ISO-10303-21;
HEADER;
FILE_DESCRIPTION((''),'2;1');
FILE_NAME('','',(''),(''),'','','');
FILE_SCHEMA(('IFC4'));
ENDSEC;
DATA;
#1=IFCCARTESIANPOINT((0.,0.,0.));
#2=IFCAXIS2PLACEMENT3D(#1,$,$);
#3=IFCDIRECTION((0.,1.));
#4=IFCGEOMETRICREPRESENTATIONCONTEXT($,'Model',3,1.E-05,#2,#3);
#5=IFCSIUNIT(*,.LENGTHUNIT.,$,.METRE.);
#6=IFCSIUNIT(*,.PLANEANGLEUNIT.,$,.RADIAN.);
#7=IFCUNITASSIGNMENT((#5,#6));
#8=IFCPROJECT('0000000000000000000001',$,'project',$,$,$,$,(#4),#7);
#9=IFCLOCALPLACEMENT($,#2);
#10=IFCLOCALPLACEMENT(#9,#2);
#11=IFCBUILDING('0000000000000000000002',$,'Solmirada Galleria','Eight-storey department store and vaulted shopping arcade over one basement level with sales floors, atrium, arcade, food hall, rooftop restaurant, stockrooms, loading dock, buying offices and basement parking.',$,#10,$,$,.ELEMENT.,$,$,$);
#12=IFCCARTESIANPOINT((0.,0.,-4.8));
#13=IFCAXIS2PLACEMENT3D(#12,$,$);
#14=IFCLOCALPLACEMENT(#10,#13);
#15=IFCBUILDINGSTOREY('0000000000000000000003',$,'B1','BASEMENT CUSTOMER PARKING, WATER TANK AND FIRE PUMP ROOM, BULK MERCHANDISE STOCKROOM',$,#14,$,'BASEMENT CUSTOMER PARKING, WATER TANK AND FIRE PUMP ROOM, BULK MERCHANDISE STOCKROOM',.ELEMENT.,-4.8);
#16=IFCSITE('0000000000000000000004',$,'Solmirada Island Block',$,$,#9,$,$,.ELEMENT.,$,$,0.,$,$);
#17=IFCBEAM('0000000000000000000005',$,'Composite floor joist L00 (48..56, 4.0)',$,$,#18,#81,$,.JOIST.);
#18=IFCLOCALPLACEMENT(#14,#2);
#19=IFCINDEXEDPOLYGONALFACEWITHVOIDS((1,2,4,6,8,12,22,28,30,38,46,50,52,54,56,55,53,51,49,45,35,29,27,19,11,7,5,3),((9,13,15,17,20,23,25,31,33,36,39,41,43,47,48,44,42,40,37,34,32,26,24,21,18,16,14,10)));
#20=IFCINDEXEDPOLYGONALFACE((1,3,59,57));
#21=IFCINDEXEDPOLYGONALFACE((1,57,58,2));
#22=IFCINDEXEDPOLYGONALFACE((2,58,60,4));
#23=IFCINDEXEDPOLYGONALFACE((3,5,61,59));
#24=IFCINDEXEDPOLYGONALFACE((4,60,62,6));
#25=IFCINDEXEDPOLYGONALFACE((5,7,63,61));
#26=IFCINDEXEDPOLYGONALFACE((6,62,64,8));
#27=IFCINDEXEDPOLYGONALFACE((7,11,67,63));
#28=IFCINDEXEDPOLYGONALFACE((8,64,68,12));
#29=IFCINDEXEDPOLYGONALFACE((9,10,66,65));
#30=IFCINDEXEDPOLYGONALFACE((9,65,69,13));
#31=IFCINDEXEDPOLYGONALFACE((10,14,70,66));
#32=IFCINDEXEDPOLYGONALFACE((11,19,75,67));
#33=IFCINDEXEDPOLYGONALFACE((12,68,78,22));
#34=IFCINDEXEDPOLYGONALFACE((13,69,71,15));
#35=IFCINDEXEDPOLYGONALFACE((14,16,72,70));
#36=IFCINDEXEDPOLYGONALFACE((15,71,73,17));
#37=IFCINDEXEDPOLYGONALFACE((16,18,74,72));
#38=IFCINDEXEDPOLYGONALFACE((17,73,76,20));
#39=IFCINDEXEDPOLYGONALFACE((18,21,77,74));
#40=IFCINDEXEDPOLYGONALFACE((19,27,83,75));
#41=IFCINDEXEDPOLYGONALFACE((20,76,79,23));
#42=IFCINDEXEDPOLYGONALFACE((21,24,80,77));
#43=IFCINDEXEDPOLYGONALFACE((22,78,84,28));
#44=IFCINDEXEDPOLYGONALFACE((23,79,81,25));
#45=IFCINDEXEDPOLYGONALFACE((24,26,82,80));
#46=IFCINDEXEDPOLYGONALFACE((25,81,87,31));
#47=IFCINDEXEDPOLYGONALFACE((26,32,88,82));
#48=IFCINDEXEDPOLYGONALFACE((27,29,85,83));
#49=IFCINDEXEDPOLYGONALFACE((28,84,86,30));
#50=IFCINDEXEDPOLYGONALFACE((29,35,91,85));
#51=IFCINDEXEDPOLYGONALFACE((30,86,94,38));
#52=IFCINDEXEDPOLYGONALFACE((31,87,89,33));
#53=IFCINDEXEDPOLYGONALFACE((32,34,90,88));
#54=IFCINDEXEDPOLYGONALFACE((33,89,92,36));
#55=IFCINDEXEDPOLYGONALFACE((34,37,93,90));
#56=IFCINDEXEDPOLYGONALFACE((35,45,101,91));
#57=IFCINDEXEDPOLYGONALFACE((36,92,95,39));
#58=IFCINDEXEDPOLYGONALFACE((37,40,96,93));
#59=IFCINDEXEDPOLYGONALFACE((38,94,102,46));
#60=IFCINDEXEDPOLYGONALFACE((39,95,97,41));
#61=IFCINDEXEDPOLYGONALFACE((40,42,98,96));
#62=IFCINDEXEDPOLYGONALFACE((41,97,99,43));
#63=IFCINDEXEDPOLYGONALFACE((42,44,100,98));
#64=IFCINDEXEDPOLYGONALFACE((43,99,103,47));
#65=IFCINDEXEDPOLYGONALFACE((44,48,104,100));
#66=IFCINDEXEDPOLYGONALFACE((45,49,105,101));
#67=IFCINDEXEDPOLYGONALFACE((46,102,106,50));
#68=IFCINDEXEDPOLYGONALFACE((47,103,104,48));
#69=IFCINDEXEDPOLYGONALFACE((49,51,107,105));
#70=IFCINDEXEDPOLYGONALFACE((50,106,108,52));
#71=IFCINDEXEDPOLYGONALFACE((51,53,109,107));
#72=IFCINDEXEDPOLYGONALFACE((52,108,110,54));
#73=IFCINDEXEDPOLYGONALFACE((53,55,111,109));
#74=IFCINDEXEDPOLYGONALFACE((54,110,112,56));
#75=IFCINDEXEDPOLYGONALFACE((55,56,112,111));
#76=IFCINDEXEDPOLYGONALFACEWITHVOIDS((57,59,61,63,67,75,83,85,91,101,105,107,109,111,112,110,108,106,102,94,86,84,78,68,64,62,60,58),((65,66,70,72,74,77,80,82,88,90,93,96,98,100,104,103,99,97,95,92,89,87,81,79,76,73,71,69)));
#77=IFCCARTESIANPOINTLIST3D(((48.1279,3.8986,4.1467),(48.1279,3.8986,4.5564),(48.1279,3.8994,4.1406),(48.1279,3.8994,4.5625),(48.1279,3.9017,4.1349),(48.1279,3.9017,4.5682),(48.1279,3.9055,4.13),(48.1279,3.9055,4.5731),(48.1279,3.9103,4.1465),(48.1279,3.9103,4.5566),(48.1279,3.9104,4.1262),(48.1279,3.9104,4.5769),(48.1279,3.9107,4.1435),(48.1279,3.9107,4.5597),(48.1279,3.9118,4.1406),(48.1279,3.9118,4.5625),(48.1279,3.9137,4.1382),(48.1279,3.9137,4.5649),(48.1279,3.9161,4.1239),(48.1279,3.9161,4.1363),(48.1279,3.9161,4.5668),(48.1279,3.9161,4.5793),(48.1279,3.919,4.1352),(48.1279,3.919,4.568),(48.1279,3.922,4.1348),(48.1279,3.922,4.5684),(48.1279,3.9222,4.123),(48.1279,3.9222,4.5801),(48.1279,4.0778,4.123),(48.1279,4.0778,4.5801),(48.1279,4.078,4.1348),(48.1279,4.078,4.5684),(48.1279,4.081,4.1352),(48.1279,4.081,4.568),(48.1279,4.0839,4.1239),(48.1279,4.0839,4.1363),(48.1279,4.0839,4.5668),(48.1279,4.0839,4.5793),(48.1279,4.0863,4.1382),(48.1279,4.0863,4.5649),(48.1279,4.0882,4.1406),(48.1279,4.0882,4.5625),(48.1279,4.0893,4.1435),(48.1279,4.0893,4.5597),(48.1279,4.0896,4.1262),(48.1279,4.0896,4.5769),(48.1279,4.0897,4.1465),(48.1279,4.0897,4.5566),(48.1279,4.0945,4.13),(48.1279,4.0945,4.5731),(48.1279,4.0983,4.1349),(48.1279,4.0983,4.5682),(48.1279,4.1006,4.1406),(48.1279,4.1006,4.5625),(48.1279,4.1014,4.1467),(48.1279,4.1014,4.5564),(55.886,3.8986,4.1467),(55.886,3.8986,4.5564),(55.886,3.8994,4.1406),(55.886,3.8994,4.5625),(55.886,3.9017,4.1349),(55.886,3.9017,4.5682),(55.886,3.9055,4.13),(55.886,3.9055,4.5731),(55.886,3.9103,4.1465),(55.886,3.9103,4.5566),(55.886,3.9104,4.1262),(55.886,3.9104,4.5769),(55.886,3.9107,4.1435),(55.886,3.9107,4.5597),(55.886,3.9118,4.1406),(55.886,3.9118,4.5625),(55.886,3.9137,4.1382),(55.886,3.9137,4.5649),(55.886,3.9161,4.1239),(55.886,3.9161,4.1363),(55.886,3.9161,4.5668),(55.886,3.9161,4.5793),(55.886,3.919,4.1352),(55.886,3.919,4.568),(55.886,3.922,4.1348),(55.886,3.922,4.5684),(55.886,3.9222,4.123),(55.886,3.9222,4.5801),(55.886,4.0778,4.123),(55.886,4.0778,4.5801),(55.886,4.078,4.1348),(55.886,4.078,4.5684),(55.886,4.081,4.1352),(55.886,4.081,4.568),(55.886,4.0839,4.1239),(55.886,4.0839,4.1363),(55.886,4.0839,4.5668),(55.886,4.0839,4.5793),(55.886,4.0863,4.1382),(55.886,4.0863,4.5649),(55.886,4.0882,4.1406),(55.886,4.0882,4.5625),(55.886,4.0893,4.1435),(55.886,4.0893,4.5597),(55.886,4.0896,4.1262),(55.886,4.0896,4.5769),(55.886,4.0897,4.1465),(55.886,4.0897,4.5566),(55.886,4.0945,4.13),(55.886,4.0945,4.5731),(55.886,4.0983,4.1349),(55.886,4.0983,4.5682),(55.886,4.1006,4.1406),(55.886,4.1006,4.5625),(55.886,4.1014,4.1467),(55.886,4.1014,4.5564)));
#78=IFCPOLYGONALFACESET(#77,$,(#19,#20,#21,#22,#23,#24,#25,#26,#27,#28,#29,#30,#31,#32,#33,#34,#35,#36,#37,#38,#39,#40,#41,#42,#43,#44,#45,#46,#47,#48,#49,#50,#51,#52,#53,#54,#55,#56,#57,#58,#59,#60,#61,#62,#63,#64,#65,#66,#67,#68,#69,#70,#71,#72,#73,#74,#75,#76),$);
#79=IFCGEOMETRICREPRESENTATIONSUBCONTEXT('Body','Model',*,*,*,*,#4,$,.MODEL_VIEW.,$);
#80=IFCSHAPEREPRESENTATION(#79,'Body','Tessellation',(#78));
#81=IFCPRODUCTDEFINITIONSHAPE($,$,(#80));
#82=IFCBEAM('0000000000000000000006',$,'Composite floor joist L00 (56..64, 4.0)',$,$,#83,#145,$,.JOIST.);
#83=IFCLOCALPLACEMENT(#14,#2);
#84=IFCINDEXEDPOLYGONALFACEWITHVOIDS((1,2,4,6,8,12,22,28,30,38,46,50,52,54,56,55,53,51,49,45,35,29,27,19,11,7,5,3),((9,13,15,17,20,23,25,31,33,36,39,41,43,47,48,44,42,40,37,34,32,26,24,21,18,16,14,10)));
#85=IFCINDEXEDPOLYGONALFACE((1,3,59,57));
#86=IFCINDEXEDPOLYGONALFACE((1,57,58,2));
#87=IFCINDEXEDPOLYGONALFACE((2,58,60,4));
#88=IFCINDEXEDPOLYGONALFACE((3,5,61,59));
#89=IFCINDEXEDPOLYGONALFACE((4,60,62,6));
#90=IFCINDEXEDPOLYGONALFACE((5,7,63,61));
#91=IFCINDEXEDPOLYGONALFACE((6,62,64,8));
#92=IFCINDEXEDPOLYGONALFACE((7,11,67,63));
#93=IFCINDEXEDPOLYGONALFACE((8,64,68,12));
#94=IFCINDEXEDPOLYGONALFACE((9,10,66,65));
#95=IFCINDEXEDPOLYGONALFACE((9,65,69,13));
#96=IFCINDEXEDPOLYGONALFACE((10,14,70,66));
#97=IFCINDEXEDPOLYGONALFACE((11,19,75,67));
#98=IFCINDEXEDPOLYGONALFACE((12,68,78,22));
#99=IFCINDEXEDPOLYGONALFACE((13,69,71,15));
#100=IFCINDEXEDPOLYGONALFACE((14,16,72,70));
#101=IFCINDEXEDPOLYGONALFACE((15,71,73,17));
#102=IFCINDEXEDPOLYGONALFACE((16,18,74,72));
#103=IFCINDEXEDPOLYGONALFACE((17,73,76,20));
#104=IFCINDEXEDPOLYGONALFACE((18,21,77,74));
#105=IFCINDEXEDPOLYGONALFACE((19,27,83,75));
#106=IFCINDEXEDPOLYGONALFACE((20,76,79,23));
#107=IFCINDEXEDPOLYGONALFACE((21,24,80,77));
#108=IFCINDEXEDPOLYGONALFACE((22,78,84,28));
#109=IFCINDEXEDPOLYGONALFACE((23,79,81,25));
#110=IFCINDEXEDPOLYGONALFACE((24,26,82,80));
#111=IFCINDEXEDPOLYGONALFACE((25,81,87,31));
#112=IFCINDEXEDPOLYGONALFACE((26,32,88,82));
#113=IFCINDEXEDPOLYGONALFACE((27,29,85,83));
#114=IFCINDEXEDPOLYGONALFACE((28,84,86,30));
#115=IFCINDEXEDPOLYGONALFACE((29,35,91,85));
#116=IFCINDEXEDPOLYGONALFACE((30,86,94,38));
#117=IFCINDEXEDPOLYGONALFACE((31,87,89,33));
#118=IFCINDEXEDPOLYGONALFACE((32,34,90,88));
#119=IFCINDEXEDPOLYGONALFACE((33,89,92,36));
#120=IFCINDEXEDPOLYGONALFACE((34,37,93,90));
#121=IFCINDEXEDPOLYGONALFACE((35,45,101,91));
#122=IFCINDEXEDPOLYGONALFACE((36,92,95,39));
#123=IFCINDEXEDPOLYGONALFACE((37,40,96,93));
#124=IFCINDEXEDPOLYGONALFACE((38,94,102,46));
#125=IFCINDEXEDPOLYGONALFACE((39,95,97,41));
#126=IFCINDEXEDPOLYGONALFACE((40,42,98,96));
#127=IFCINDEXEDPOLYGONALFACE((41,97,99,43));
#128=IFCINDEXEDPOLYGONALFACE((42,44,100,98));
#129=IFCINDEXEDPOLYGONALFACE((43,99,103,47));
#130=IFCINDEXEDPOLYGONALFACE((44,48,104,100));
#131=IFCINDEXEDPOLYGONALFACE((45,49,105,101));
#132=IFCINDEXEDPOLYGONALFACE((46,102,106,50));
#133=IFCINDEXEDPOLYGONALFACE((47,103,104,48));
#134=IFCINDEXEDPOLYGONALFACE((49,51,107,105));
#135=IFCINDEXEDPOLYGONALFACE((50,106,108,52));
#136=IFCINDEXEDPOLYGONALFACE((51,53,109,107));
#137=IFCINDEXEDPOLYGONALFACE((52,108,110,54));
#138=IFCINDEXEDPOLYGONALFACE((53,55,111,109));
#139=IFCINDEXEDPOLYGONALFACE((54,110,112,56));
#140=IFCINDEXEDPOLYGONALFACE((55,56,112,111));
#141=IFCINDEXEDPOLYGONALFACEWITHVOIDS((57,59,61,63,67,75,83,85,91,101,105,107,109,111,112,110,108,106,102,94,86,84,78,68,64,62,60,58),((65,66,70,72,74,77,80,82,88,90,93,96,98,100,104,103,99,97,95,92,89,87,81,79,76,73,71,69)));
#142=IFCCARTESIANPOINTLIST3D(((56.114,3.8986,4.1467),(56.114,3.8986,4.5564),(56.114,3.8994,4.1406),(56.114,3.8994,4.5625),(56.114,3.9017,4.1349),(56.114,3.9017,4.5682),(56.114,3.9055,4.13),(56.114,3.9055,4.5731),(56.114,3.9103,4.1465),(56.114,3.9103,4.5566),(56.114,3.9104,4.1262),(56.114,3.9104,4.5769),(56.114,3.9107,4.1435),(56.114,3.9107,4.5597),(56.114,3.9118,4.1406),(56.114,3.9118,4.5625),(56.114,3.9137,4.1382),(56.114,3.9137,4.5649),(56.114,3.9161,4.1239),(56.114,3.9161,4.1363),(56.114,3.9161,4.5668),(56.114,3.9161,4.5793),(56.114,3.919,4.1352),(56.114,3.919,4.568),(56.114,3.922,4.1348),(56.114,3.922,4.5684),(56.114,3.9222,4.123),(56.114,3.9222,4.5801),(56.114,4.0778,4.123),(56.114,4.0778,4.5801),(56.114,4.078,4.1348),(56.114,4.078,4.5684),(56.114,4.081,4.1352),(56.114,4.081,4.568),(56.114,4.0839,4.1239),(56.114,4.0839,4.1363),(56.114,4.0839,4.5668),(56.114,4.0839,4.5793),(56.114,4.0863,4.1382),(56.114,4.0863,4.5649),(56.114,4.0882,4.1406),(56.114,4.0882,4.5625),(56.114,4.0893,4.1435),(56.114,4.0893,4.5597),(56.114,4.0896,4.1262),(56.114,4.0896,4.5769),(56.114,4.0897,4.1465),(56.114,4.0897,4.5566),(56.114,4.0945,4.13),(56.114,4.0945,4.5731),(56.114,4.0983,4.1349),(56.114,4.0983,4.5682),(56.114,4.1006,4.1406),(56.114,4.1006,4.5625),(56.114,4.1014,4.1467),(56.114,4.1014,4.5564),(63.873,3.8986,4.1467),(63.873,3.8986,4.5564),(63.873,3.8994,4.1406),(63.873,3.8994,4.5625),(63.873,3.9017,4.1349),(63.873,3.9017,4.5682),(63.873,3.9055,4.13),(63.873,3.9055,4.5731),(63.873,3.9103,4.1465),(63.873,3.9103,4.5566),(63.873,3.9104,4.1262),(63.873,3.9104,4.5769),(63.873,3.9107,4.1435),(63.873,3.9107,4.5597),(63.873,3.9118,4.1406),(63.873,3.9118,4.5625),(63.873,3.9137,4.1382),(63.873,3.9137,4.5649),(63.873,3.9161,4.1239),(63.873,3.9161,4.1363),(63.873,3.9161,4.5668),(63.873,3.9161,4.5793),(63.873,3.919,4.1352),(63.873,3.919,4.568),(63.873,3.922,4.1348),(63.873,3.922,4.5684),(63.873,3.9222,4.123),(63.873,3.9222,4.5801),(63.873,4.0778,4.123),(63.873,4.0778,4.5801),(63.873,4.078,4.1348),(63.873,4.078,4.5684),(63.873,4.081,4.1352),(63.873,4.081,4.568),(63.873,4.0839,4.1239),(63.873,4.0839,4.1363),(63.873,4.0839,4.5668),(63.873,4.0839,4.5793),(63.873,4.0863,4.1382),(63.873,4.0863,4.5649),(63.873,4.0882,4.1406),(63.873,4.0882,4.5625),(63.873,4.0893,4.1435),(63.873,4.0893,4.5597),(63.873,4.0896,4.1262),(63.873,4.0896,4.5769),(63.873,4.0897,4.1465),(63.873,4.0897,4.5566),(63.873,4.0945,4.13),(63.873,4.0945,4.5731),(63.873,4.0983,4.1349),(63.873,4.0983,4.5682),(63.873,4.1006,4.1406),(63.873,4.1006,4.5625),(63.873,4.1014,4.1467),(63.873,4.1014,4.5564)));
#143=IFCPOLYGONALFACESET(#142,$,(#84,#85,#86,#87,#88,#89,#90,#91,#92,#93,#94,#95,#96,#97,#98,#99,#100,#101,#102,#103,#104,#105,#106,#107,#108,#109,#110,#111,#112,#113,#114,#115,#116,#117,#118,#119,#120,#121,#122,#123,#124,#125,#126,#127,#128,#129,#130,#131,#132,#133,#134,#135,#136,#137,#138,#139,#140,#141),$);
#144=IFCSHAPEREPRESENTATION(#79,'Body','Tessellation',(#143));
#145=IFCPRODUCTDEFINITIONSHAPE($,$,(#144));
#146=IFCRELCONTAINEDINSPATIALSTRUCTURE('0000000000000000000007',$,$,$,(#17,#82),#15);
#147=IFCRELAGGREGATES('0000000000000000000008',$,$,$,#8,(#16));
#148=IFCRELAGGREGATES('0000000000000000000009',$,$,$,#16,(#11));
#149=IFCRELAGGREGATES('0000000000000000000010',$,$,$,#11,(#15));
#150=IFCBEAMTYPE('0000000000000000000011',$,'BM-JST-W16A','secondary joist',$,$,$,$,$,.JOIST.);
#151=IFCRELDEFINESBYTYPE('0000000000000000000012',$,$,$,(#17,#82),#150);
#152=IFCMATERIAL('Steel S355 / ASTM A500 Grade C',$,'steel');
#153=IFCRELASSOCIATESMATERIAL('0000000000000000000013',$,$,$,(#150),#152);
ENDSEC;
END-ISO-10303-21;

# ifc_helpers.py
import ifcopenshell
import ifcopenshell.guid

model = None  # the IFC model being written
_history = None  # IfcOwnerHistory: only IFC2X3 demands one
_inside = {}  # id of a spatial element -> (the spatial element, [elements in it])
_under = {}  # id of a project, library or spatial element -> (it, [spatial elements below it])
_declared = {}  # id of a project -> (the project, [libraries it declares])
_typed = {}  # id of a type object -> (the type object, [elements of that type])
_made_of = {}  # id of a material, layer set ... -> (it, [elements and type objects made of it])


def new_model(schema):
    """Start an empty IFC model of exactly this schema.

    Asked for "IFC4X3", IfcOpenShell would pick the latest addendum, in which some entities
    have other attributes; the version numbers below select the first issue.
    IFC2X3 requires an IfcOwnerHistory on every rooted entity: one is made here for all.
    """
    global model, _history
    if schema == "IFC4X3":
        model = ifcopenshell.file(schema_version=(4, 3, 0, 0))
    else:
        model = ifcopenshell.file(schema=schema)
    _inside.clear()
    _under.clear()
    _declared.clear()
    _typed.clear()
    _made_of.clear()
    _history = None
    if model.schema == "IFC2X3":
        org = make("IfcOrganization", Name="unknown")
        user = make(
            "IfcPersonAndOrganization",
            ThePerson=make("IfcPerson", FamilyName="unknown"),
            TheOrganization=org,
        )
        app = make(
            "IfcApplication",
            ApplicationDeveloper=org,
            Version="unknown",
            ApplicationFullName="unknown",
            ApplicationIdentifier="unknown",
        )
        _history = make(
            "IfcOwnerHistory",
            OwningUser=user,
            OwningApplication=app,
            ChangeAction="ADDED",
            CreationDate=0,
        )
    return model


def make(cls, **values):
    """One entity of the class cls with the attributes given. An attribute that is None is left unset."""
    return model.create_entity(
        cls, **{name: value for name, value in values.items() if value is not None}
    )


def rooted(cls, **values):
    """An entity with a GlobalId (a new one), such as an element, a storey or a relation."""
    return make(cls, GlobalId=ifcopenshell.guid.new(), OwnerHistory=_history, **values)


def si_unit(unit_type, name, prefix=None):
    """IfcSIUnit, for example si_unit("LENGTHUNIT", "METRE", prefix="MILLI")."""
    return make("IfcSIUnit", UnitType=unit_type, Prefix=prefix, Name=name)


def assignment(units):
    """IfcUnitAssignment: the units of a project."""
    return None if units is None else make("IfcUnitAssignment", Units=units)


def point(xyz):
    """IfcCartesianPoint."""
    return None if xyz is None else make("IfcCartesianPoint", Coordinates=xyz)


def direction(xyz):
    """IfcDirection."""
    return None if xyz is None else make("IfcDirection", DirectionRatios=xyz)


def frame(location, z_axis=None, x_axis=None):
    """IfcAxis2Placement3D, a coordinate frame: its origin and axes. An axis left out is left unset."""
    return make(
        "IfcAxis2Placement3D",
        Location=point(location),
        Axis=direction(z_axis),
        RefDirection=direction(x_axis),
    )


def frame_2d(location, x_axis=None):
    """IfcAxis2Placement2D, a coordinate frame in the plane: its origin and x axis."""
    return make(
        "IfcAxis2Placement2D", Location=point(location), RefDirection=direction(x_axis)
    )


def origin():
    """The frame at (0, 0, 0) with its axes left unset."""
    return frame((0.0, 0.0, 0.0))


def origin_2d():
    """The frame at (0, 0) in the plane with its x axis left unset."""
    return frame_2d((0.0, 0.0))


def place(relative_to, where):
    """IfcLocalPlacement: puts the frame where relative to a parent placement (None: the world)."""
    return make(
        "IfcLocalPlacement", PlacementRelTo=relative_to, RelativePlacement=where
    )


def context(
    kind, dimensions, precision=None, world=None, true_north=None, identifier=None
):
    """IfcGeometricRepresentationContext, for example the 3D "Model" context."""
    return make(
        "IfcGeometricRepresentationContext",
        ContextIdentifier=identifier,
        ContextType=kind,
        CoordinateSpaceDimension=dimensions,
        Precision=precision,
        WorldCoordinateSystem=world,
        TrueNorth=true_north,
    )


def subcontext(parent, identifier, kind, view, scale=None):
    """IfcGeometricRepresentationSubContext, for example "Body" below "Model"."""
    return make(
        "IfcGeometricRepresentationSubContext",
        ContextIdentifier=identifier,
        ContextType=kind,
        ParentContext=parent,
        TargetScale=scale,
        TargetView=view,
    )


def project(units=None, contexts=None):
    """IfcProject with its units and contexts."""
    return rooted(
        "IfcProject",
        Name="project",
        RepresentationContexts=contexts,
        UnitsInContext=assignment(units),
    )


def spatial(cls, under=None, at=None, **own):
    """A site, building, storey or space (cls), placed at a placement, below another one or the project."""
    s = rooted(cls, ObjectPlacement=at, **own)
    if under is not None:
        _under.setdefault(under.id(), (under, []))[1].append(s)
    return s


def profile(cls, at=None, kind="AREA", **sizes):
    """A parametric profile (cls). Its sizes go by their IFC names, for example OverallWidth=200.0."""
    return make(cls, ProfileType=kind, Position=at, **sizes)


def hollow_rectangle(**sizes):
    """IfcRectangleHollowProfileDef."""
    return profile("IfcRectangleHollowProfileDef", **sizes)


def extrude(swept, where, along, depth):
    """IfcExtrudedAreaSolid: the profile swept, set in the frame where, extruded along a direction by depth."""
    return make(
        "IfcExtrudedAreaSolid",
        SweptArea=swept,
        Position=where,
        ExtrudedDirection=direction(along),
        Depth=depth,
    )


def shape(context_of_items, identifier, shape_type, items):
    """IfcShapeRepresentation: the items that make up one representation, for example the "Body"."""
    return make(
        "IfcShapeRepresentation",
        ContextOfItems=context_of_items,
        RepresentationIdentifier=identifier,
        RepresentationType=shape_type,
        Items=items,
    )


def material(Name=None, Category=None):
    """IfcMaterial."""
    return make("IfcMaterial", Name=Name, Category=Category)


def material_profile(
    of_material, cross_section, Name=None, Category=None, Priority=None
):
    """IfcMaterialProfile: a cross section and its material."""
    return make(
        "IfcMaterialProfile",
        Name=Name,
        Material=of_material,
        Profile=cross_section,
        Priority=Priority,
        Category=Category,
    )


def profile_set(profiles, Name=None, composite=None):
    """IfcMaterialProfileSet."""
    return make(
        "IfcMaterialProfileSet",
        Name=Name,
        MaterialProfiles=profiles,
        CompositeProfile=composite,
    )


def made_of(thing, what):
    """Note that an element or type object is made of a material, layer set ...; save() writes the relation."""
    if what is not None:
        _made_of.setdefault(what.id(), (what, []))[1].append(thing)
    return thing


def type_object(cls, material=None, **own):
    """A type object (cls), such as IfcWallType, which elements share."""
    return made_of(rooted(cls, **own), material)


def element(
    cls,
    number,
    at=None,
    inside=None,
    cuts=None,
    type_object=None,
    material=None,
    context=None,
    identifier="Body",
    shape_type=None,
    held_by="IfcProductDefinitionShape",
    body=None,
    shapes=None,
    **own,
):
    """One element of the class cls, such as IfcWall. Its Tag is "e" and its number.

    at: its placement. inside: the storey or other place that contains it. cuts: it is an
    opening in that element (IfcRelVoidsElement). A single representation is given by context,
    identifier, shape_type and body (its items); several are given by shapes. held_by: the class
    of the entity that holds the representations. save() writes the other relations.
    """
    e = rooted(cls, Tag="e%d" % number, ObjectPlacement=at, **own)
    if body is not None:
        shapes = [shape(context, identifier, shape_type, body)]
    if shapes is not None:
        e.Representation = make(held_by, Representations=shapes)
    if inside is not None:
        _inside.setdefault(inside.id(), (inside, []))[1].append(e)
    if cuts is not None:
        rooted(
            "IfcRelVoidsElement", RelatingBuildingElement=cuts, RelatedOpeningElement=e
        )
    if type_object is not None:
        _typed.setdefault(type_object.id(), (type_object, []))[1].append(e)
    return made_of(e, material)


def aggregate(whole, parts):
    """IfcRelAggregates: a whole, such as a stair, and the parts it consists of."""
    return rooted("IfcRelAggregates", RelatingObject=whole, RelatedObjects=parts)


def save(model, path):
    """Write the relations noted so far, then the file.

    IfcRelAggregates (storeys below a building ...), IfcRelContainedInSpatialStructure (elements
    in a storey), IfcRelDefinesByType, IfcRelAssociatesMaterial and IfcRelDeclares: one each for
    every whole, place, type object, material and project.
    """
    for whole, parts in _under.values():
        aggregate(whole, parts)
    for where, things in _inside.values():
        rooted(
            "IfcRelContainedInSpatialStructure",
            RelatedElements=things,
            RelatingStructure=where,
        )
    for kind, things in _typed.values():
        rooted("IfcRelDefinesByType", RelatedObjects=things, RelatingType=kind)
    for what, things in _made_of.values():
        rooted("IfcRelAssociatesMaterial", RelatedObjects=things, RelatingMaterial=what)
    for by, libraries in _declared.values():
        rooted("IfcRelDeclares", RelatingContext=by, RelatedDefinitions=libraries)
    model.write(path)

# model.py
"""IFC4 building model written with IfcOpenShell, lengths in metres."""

from ifc_helpers import new_model, si_unit, direction, frame, origin, origin_2d, place, context, subcontext, project, spatial, hollow_rectangle, extrude, material, material_profile, profile_set, type_object, element, save


model = new_model("IFC4")

# Units and contexts
model_context = context("Model", 3, precision=1e-05, world=origin(), true_north=direction((0.0, 1.0)))
body_context = subcontext(model_context, "Body", "Model", "MODEL_VIEW")
ifc_project = project(units=[si_unit("LENGTHUNIT", "METRE"), si_unit("PLANEANGLEUNIT", "RADIAN")], contexts=[model_context])

# Site, building, storey
site_placement = place(None, origin())
site = spatial("IfcSite", under=ifc_project, at=site_placement, Name="Solmirada Island Block", CompositionType="ELEMENT", RefElevation=0.0)
building_placement = place(site_placement, origin())
building = spatial("IfcBuilding", under=site, at=building_placement, Name="Solmirada Galleria", Description="Eight-storey department store and vaulted shopping arcade over one basement level with sales floors, atrium, arcade, food hall, rooftop restaurant, stockrooms, loading dock, buying offices and basement parking.", CompositionType="ELEMENT")
storey_placement = place(building_placement, frame((0.0, 0.0, -4.8)))
storey = spatial("IfcBuildingStorey", under=building, at=storey_placement, Name="B1", Description="BASEMENT CUSTOMER PARKING, WATER TANK AND FIRE PUMP ROOM, BULK MERCHANDISE STOCKROOM", LongName="BASEMENT CUSTOMER PARKING, WATER TANK AND FIRE PUMP ROOM, BULK MERCHANDISE STOCKROOM", CompositionType="ELEMENT", Elevation=-4.8)

# Shared definitions
ifc_material_1 = material(Name="Steel S355 / ASTM A500 Grade C", Category="steel")

# Beams
ifc_material_profile_1 = material_profile(ifc_material_1, hollow_rectangle(XDim=0.2029, YDim=0.457, WallThickness=0.0117, InnerFilletRadius=0.0117, OuterFilletRadius=0.0237, at=origin_2d()), Name="HSS18X8X1/2")
ifc_profile_set_1 = profile_set([ifc_material_profile_1], Name="Steel S355 / ASTM A500 Grade C")
beam_type_1 = type_object("IfcBeamType", Name="BM-JST-W16A", Description="secondary joist", PredefinedType="JOIST", material=ifc_profile_set_1)
beam_1_placement = place(storey_placement, frame((48.1279, 4.0, 4.3516), z_axis=(1.0, 0.0, 0.0), x_axis=(0.0, 1.0, 0.0)))
element("IfcBeam", 1, at=beam_1_placement, inside=storey, type_object=beam_type_1, Name="Composite floor joist L00 (48..56, 4.0)", PredefinedType="JOIST", context=body_context, shape_type="SweptSolid", body=[
    extrude(hollow_rectangle(XDim=0.2029, YDim=0.457, WallThickness=0.0117, InnerFilletRadius=0.0117, OuterFilletRadius=0.0237, at=origin_2d()), origin(), (0.0, 0.0, 1.0), 7.7581),
])
beam_2_placement = place(storey_placement, frame((56.114, 4.0, 4.3516), z_axis=(1.0, 0.0, 0.0), x_axis=(0.0, 1.0, 0.0)))
element("IfcBeam", 2, at=beam_2_placement, inside=storey, type_object=beam_type_1, Name="Composite floor joist L00 (56..64, 4.0)", PredefinedType="JOIST", context=body_context, shape_type="SweptSolid", body=[
    extrude(hollow_rectangle(XDim=0.2029, YDim=0.457, WallThickness=0.0117, InnerFilletRadius=0.0117, OuterFilletRadius=0.0237, at=origin_2d()), origin(), (0.0, 0.0, 1.0), 7.759),
])

save(model, "model.ifc")
